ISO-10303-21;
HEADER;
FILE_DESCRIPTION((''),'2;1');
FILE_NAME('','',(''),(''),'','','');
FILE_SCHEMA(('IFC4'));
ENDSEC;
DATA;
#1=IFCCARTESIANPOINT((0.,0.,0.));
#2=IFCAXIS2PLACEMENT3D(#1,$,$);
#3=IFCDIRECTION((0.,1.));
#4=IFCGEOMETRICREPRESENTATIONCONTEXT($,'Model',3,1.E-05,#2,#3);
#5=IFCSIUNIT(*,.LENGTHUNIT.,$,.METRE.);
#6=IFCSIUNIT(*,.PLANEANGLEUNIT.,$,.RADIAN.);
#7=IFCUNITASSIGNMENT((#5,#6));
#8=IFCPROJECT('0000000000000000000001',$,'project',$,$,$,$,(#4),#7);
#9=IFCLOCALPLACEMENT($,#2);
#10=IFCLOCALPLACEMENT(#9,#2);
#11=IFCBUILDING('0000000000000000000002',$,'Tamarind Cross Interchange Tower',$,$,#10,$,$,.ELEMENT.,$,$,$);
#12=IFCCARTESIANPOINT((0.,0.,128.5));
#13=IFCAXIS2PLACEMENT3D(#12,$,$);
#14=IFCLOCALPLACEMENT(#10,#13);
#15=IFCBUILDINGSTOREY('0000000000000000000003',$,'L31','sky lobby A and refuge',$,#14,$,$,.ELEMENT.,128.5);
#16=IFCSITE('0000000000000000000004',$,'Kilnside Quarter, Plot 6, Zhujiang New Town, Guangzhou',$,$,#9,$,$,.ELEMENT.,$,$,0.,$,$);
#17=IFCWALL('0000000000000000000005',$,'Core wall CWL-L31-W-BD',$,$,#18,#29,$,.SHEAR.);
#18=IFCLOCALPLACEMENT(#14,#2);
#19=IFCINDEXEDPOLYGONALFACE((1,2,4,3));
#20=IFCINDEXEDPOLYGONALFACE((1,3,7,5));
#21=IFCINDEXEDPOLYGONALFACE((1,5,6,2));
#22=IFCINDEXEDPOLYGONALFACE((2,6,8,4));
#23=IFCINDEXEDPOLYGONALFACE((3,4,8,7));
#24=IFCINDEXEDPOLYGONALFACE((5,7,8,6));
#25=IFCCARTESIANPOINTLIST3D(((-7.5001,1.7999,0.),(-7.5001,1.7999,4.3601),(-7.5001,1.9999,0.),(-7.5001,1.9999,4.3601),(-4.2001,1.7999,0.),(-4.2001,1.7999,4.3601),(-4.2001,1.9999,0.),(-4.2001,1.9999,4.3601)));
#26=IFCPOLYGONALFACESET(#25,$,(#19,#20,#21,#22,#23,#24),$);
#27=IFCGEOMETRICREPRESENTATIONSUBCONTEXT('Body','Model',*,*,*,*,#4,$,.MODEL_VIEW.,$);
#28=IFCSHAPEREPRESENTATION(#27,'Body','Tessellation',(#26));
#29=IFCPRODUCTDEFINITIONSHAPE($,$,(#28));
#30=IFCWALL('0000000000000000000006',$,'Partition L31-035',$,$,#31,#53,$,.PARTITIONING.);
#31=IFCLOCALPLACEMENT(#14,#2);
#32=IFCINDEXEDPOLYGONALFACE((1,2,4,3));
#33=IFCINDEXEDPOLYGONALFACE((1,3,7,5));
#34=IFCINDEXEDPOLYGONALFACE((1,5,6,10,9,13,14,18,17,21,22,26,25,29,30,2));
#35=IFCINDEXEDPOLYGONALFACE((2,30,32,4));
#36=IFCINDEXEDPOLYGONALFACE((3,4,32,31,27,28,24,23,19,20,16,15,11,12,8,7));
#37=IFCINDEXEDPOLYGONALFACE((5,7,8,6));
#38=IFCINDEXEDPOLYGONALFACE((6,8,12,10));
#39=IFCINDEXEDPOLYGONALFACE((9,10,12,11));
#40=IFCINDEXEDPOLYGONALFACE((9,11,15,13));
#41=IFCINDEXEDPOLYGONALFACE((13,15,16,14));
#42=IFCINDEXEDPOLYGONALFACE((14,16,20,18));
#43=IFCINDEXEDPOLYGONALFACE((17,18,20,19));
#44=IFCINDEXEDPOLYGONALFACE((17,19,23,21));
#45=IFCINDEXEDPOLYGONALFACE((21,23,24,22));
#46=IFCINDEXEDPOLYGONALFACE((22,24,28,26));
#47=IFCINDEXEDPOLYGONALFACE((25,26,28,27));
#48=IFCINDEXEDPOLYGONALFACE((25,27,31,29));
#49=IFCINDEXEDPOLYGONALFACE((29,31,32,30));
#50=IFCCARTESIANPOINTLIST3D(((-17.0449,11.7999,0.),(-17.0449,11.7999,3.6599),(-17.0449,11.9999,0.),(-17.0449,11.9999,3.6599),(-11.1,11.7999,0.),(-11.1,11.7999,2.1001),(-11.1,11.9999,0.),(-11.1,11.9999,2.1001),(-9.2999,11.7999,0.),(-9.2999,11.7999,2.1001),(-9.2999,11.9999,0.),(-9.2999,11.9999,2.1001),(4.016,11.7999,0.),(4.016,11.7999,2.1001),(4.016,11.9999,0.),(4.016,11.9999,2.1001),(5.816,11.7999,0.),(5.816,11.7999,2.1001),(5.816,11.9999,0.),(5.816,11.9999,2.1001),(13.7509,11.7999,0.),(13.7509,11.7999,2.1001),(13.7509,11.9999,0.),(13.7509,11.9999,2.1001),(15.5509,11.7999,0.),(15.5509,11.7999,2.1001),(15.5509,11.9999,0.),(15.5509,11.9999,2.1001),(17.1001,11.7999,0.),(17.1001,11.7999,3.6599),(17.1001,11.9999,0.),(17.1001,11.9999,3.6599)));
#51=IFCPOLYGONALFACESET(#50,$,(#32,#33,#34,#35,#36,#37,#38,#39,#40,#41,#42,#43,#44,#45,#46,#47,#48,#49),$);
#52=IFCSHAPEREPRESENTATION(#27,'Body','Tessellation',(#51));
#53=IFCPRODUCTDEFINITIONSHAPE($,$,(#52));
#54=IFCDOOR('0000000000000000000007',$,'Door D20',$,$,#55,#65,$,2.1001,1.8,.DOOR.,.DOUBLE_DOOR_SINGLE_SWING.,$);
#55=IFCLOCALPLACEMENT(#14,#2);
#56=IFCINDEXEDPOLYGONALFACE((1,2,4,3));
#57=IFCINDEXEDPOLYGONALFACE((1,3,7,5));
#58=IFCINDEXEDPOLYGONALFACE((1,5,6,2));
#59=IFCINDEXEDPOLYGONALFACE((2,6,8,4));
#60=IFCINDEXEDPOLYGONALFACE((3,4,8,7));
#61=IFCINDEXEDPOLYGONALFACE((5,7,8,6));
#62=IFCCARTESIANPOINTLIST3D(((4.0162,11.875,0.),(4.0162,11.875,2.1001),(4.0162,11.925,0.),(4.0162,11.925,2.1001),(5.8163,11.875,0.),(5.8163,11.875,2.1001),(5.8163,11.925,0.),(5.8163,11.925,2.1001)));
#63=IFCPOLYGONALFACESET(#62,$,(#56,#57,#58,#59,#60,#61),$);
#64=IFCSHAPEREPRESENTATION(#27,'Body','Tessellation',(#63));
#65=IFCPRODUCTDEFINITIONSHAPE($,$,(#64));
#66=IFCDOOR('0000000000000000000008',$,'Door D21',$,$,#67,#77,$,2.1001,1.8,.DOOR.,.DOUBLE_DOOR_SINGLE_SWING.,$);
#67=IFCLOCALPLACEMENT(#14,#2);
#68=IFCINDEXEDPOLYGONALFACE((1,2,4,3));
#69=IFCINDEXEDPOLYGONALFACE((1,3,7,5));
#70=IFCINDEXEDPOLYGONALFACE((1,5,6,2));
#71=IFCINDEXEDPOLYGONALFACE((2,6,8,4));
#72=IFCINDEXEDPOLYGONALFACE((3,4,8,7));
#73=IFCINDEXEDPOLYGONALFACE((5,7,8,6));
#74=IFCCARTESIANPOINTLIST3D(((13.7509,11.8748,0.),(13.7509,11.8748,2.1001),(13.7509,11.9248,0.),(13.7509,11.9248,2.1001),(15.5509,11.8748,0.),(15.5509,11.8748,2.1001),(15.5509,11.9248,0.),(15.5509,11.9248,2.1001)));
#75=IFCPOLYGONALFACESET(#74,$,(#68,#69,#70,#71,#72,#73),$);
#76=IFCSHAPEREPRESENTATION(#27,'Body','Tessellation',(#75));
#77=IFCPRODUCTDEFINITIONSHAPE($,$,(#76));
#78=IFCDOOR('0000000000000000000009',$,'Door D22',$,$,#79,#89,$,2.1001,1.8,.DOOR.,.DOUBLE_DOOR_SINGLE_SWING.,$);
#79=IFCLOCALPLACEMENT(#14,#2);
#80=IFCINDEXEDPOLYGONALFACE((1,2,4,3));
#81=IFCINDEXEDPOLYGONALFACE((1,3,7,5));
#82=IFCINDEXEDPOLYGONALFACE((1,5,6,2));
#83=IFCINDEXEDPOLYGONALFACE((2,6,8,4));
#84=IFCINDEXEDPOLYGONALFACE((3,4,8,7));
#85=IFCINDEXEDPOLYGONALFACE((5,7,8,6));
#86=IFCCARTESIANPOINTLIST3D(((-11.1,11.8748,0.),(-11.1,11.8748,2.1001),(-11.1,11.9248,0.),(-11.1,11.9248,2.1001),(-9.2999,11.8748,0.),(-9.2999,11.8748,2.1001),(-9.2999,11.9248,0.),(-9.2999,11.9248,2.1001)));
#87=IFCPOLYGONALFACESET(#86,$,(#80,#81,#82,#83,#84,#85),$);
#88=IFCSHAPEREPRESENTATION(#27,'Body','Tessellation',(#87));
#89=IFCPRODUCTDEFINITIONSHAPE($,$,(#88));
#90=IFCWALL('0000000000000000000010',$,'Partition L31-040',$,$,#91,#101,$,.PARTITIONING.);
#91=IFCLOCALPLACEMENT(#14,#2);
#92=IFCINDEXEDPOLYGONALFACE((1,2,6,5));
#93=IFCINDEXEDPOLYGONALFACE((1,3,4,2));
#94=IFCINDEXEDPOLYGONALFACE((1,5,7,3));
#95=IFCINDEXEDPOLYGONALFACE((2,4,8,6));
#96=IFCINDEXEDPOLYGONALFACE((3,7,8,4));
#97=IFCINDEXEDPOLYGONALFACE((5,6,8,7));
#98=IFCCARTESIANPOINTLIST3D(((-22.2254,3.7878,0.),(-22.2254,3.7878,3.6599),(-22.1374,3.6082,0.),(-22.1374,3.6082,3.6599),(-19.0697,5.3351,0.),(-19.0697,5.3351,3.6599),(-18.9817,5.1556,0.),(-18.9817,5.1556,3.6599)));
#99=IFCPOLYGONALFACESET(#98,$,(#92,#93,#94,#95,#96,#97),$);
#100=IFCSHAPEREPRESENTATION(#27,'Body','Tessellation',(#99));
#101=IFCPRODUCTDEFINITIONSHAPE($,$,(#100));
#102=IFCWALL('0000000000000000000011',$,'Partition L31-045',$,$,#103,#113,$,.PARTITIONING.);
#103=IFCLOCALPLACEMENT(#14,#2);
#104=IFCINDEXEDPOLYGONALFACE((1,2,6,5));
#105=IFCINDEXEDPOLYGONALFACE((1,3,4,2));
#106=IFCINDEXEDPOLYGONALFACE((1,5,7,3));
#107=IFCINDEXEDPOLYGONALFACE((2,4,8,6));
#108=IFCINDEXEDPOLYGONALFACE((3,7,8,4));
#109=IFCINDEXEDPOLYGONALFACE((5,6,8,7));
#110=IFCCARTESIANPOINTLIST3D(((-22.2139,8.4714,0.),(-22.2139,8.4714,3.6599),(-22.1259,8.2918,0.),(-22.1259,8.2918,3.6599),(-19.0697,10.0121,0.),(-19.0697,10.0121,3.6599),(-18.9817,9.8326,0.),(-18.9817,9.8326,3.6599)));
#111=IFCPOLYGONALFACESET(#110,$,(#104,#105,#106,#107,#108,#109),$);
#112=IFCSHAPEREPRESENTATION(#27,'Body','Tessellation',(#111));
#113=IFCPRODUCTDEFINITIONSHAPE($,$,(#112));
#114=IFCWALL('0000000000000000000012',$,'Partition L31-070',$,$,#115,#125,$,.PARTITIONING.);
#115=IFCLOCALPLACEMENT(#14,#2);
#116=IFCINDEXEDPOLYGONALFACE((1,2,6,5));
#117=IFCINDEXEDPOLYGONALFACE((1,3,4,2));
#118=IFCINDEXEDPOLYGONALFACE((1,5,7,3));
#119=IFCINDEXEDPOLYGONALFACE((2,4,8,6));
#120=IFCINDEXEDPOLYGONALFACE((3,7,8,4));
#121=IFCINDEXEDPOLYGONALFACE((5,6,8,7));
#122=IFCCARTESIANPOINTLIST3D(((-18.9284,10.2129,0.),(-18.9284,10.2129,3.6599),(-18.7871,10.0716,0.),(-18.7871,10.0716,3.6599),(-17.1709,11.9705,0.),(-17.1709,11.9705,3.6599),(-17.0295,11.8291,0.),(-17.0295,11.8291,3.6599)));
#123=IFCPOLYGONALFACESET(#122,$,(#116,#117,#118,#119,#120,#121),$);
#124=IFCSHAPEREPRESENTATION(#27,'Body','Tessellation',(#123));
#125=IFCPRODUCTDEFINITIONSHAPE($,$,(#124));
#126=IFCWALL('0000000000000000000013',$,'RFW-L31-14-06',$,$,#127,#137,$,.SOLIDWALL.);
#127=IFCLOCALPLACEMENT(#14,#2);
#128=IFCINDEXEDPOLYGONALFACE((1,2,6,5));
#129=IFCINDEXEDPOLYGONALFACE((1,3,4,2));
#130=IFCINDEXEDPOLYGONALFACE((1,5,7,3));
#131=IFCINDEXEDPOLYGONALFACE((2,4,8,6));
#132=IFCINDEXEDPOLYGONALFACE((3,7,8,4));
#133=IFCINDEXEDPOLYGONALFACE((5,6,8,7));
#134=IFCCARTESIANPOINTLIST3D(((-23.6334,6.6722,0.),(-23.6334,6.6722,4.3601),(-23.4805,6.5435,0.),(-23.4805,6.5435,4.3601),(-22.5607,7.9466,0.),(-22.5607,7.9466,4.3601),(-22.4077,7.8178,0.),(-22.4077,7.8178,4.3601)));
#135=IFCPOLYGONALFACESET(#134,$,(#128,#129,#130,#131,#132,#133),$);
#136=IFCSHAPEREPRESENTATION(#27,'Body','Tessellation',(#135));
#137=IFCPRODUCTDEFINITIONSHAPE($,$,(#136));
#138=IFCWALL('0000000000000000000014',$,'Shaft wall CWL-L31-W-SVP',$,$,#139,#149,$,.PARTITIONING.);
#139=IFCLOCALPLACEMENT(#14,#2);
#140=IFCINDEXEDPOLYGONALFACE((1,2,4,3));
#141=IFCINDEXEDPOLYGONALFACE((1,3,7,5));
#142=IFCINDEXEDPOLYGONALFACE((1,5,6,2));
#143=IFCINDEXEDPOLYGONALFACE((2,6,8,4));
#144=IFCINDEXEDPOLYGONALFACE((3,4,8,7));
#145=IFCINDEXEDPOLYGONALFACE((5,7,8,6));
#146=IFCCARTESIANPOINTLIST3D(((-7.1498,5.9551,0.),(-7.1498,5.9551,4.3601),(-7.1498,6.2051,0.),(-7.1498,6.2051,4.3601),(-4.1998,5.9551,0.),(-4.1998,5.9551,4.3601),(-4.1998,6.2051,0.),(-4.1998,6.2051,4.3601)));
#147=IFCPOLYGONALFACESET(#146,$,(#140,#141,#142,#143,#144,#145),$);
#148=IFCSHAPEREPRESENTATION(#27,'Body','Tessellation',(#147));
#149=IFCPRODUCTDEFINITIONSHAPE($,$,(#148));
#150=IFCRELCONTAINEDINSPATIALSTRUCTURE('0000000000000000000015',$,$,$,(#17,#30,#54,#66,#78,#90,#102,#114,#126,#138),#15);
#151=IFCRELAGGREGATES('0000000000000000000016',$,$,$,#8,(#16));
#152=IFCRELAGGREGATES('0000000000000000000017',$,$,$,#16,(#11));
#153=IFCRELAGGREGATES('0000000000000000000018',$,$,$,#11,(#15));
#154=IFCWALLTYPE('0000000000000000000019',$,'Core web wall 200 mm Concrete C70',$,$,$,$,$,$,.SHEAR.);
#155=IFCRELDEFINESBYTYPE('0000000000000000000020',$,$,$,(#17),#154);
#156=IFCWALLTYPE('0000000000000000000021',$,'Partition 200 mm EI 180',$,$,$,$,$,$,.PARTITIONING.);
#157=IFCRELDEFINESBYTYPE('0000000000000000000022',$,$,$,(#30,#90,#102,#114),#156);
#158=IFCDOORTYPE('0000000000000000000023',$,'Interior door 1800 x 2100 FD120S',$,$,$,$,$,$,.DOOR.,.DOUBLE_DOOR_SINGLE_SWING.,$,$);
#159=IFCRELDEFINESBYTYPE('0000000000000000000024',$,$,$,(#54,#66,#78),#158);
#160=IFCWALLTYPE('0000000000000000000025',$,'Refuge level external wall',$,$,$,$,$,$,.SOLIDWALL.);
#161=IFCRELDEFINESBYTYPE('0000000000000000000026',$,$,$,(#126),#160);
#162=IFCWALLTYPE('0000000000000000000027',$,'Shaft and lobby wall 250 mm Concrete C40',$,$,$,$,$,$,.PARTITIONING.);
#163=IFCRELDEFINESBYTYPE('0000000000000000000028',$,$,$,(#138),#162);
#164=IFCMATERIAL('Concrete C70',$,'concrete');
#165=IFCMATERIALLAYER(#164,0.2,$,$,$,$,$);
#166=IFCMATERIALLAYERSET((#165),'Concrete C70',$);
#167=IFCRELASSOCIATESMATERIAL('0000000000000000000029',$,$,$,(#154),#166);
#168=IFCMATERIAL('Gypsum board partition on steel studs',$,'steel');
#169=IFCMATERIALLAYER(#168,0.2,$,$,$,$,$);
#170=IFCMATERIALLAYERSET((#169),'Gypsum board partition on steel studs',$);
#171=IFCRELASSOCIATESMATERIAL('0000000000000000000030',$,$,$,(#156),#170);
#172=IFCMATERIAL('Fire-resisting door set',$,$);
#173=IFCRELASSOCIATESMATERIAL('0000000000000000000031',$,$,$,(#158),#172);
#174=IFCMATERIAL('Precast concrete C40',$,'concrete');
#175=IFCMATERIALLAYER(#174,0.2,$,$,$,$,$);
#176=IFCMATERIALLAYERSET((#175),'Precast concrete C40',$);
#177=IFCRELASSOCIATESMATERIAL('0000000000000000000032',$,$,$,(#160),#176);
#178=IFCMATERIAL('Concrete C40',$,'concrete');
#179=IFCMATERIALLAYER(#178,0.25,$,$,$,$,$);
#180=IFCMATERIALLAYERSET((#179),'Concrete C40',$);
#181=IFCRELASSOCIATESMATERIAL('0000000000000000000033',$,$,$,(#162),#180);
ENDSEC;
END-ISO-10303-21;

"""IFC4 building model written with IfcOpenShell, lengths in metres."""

from ifc_helpers import new_model, si_unit, direction, frame, frame_2d, origin, place, context, subcontext, project, spatial, rectangle, extrude, material, layer, layer_set, type_object, element, fill, save


model = new_model("IFC4")

# Units and contexts
model_context = context("Model", 3, precision=1e-05, world=origin(), true_north=direction((0.0, 1.0)))
body_context = subcontext(model_context, "Body", "Model", "MODEL_VIEW")
ifc_project = project(units=[si_unit("LENGTHUNIT", "METRE"), si_unit("PLANEANGLEUNIT", "RADIAN")], contexts=[model_context])

# Site, building, storey
site_placement = place(None, origin())
site = spatial("IfcSite", under=ifc_project, at=site_placement, Name="Kilnside Quarter, Plot 6, Zhujiang New Town, Guangzhou", CompositionType="ELEMENT", RefElevation=0.0)
building_placement = place(site_placement, origin())
building = spatial("IfcBuilding", under=site, at=building_placement, Name="Tamarind Cross Interchange Tower", CompositionType="ELEMENT")
storey_placement = place(building_placement, frame((0.0, 0.0, 128.5)))
storey = spatial("IfcBuildingStorey", under=building, at=storey_placement, Name="L31", Description="sky lobby A and refuge", CompositionType="ELEMENT", Elevation=128.5)

# Shared definitions
ifc_material_1 = material(Name="Concrete C70", Category="concrete")

# Wall
ifc_layer_1 = layer(ifc_material_1, 0.2)
ifc_layer_set_1 = layer_set([ifc_layer_1], Name="Concrete C70")
wall_type_1 = type_object("IfcWallType", Name="Core web wall 200 mm Concrete C70", PredefinedType="SHEAR", material=ifc_layer_set_1)
wall_1_placement = place(storey_placement, frame((-7.5, 1.8999, 0.0), z_axis=(0.0, 0.0, 1.0), x_axis=(1.0, 0.0, 0.0)))
element("IfcWall", 1, at=wall_1_placement, inside=storey, type_object=wall_type_1, Name="Core wall CWL-L31-W-BD", PredefinedType="SHEAR", context=body_context, shape_type="SweptSolid", body=[
    extrude(rectangle(XDim=3.3, YDim=0.2, at=frame_2d((1.6499, 0.0))), origin(), (0.0, 0.0, 1.0), 4.3601),
])

# Wall, openings, doors
ifc_material_2 = material(Name="Gypsum board partition on steel studs", Category="steel")
ifc_layer_2 = layer(ifc_material_2, 0.2)
ifc_layer_set_2 = layer_set([ifc_layer_2], Name="Gypsum board partition on steel studs")
wall_type_2 = type_object("IfcWallType", Name="Partition 200 mm EI 180", PredefinedType="PARTITIONING", material=ifc_layer_set_2)
wall_2_placement = place(storey_placement, frame((-17.0449, 11.8999, 0.0), z_axis=(0.0, 0.0, 1.0), x_axis=(1.0, 0.0, 0.0)))
wall_2 = element("IfcWall", 2, at=wall_2_placement, inside=storey, type_object=wall_type_2, Name="Partition L31-035", PredefinedType="PARTITIONING", context=body_context, shape_type="SweptSolid", body=[
    extrude(rectangle(XDim=34.145, YDim=0.2, at=frame_2d((17.0725, 0.0))), origin(), (0.0, 0.0, 1.0), 3.6599),
])
opening_1_placement = place(wall_2_placement, frame((21.061, 0.0, 0.0)))
opening_1 = element("IfcOpeningElement", 3, at=opening_1_placement, cuts=wall_2, PredefinedType="OPENING", context=body_context, shape_type="SweptSolid", body=[
    extrude(rectangle(XDim=1.8, YDim=2.1001, at=frame_2d((0.8999, 1.05))), frame((0.0, 0.1099, 0.0), z_axis=(0.0, -1.0, 0.0), x_axis=(1.0, 0.0, 0.0)), (0.0, 0.0, 1.0), 0.22),
])
opening_2_placement = place(wall_2_placement, frame((30.7959, 0.0, 0.0)))
opening_2 = element("IfcOpeningElement", 4, at=opening_2_placement, cuts=wall_2, PredefinedType="OPENING", context=body_context, shape_type="SweptSolid", body=[
    extrude(rectangle(XDim=1.8, YDim=2.1001, at=frame_2d((0.8999, 1.05))), frame((0.0, 0.1099, 0.0), z_axis=(0.0, -1.0, 0.0), x_axis=(1.0, 0.0, 0.0)), (0.0, 0.0, 1.0), 0.22),
])
opening_3_placement = place(wall_2_placement, frame((5.9451, 0.0, 0.0)))
opening_3 = element("IfcOpeningElement", 5, at=opening_3_placement, cuts=wall_2, PredefinedType="OPENING", context=body_context, shape_type="SweptSolid", body=[
    extrude(rectangle(XDim=1.8, YDim=2.1001, at=frame_2d((0.8999, 1.05))), frame((0.0, 0.1099, 0.0), z_axis=(0.0, -1.0, 0.0), x_axis=(1.0, 0.0, 0.0)), (0.0, 0.0, 1.0), 0.22),
])
ifc_material_3 = material(Name="Fire-resisting door set")
door_type_1 = type_object("IfcDoorType", Name="Interior door 1800 x 2100 FD120S", OperationType="DOUBLE_DOOR_SINGLE_SWING", PredefinedType="DOOR", material=ifc_material_3)
door_1_placement = place(opening_1_placement, frame((1.8, 0.0, 0.0), z_axis=(0.0, 0.0, 1.0), x_axis=(-1.0, 0.0, 0.0)))
door_1 = element("IfcDoor", 6, at=door_1_placement, inside=storey, type_object=door_type_1, Name="Door D20", OperationType="DOUBLE_DOOR_SINGLE_SWING", OverallHeight=2.1001, OverallWidth=1.8, PredefinedType="DOOR", context=body_context, shape_type="SweptSolid", body=[
    extrude(rectangle(XDim=1.8, YDim=2.1001, at=frame_2d((0.8999, 1.05))), frame((0.0, 0.0249, 0.0), z_axis=(0.0, -1.0, 0.0), x_axis=(1.0, 0.0, 0.0)), (0.0, 0.0, 1.0), 0.05),
])
fill(opening_1, door_1)
door_2_placement = place(opening_2_placement, origin())
door_2 = element("IfcDoor", 7, at=door_2_placement, inside=storey, type_object=door_type_1, Name="Door D21", OperationType="DOUBLE_DOOR_SINGLE_SWING", OverallHeight=2.1001, OverallWidth=1.8, PredefinedType="DOOR", context=body_context, shape_type="SweptSolid", body=[
    extrude(rectangle(XDim=1.8, YDim=2.1001, at=frame_2d((0.8999, 1.05))), frame((0.0, 0.0249, 0.0), z_axis=(0.0, -1.0, 0.0), x_axis=(1.0, 0.0, 0.0)), (0.0, 0.0, 1.0), 0.05),
])
fill(opening_2, door_2)
door_3_placement = place(opening_3_placement, origin())
door_3 = element("IfcDoor", 8, at=door_3_placement, inside=storey, type_object=door_type_1, Name="Door D22", OperationType="DOUBLE_DOOR_SINGLE_SWING", OverallHeight=2.1001, OverallWidth=1.8, PredefinedType="DOOR", context=body_context, shape_type="SweptSolid", body=[
    extrude(rectangle(XDim=1.8, YDim=2.1001, at=frame_2d((0.8999, 1.05))), frame((0.0, 0.0249, 0.0), z_axis=(0.0, -1.0, 0.0), x_axis=(1.0, 0.0, 0.0)), (0.0, 0.0, 1.0), 0.05),
])
fill(opening_3, door_3)

# Walls
wall_3_placement = place(storey_placement, frame((-22.1814, 3.698, 0.0), z_axis=(0.0, 0.0, 1.0), x_axis=(0.897873, 0.440254, 0.0)))
element("IfcWall", 9, at=wall_3_placement, inside=storey, type_object=wall_type_2, Name="Partition L31-040", PredefinedType="PARTITIONING", context=body_context, shape_type="SweptSolid", body=[
    extrude(rectangle(XDim=3.5146, YDim=0.2, at=frame_2d((1.7573, 0.0))), origin(), (0.0, 0.0, 1.0), 3.6599),
])
wall_4_placement = place(storey_placement, frame((-22.1699, 8.3816, 0.0), z_axis=(0.0, 0.0, 1.0), x_axis=(0.897982, 0.440032, 0.0)))
element("IfcWall", 10, at=wall_4_placement, inside=storey, type_object=wall_type_2, Name="Partition L31-045", PredefinedType="PARTITIONING", context=body_context, shape_type="SweptSolid", body=[
    extrude(rectangle(XDim=3.5015, YDim=0.2, at=frame_2d((1.7507, 0.0))), origin(), (0.0, 0.0, 1.0), 3.6599),
])
wall_5_placement = place(storey_placement, frame((-18.8577, 10.1423, 0.0), z_axis=(0.0, 0.0, 1.0), x_axis=(0.707107, 0.707107, 0.0)))
element("IfcWall", 11, at=wall_5_placement, inside=storey, type_object=wall_type_2, Name="Partition L31-070", PredefinedType="PARTITIONING", context=body_context, shape_type="SweptSolid", body=[
    extrude(rectangle(XDim=2.4856, YDim=0.2, at=frame_2d((1.2427, 0.0))), origin(), (0.0, 0.0, 1.0), 3.6599),
])
ifc_material_4 = material(Name="Precast concrete C40", Category="concrete")
ifc_layer_3 = layer(ifc_material_4, 0.2)
ifc_layer_set_3 = layer_set([ifc_layer_3], Name="Precast concrete C40")
wall_type_3 = type_object("IfcWallType", Name="Refuge level external wall", PredefinedType="SOLIDWALL", material=ifc_layer_set_3)
wall_6_placement = place(storey_placement, frame((-22.4841, 7.8823, 0.0), z_axis=(0.0, 0.0, 1.0), x_axis=(-0.643982, -0.76504, 0.0)))
element("IfcWall", 12, at=wall_6_placement, inside=storey, type_object=wall_type_3, Name="RFW-L31-14-06", PredefinedType="SOLIDWALL", context=body_context, shape_type="SweptSolid", body=[
    extrude(rectangle(XDim=1.6658, YDim=0.2, at=frame_2d((0.833, 0.0))), origin(), (0.0, 0.0, 1.0), 4.3601),
])
ifc_material_5 = material(Name="Concrete C40", Category="concrete")
ifc_layer_4 = layer(ifc_material_5, 0.25)
ifc_layer_set_4 = layer_set([ifc_layer_4], Name="Concrete C40")
wall_type_4 = type_object("IfcWallType", Name="Shaft and lobby wall 250 mm Concrete C40", PredefinedType="PARTITIONING", material=ifc_layer_set_4)
wall_7_placement = place(storey_placement, frame((-7.1499, 6.0801, 0.0), z_axis=(0.0, 0.0, 1.0), x_axis=(1.0, 0.0, 0.0)))
element("IfcWall", 13, at=wall_7_placement, inside=storey, type_object=wall_type_4, Name="Shaft wall CWL-L31-W-SVP", PredefinedType="PARTITIONING", context=body_context, shape_type="SweptSolid", body=[
    extrude(rectangle(XDim=2.95, YDim=0.25, at=frame_2d((1.4751, 0.0))), origin(), (0.0, 0.0, 1.0), 4.3601),
])

save(model, "model.ifc")
